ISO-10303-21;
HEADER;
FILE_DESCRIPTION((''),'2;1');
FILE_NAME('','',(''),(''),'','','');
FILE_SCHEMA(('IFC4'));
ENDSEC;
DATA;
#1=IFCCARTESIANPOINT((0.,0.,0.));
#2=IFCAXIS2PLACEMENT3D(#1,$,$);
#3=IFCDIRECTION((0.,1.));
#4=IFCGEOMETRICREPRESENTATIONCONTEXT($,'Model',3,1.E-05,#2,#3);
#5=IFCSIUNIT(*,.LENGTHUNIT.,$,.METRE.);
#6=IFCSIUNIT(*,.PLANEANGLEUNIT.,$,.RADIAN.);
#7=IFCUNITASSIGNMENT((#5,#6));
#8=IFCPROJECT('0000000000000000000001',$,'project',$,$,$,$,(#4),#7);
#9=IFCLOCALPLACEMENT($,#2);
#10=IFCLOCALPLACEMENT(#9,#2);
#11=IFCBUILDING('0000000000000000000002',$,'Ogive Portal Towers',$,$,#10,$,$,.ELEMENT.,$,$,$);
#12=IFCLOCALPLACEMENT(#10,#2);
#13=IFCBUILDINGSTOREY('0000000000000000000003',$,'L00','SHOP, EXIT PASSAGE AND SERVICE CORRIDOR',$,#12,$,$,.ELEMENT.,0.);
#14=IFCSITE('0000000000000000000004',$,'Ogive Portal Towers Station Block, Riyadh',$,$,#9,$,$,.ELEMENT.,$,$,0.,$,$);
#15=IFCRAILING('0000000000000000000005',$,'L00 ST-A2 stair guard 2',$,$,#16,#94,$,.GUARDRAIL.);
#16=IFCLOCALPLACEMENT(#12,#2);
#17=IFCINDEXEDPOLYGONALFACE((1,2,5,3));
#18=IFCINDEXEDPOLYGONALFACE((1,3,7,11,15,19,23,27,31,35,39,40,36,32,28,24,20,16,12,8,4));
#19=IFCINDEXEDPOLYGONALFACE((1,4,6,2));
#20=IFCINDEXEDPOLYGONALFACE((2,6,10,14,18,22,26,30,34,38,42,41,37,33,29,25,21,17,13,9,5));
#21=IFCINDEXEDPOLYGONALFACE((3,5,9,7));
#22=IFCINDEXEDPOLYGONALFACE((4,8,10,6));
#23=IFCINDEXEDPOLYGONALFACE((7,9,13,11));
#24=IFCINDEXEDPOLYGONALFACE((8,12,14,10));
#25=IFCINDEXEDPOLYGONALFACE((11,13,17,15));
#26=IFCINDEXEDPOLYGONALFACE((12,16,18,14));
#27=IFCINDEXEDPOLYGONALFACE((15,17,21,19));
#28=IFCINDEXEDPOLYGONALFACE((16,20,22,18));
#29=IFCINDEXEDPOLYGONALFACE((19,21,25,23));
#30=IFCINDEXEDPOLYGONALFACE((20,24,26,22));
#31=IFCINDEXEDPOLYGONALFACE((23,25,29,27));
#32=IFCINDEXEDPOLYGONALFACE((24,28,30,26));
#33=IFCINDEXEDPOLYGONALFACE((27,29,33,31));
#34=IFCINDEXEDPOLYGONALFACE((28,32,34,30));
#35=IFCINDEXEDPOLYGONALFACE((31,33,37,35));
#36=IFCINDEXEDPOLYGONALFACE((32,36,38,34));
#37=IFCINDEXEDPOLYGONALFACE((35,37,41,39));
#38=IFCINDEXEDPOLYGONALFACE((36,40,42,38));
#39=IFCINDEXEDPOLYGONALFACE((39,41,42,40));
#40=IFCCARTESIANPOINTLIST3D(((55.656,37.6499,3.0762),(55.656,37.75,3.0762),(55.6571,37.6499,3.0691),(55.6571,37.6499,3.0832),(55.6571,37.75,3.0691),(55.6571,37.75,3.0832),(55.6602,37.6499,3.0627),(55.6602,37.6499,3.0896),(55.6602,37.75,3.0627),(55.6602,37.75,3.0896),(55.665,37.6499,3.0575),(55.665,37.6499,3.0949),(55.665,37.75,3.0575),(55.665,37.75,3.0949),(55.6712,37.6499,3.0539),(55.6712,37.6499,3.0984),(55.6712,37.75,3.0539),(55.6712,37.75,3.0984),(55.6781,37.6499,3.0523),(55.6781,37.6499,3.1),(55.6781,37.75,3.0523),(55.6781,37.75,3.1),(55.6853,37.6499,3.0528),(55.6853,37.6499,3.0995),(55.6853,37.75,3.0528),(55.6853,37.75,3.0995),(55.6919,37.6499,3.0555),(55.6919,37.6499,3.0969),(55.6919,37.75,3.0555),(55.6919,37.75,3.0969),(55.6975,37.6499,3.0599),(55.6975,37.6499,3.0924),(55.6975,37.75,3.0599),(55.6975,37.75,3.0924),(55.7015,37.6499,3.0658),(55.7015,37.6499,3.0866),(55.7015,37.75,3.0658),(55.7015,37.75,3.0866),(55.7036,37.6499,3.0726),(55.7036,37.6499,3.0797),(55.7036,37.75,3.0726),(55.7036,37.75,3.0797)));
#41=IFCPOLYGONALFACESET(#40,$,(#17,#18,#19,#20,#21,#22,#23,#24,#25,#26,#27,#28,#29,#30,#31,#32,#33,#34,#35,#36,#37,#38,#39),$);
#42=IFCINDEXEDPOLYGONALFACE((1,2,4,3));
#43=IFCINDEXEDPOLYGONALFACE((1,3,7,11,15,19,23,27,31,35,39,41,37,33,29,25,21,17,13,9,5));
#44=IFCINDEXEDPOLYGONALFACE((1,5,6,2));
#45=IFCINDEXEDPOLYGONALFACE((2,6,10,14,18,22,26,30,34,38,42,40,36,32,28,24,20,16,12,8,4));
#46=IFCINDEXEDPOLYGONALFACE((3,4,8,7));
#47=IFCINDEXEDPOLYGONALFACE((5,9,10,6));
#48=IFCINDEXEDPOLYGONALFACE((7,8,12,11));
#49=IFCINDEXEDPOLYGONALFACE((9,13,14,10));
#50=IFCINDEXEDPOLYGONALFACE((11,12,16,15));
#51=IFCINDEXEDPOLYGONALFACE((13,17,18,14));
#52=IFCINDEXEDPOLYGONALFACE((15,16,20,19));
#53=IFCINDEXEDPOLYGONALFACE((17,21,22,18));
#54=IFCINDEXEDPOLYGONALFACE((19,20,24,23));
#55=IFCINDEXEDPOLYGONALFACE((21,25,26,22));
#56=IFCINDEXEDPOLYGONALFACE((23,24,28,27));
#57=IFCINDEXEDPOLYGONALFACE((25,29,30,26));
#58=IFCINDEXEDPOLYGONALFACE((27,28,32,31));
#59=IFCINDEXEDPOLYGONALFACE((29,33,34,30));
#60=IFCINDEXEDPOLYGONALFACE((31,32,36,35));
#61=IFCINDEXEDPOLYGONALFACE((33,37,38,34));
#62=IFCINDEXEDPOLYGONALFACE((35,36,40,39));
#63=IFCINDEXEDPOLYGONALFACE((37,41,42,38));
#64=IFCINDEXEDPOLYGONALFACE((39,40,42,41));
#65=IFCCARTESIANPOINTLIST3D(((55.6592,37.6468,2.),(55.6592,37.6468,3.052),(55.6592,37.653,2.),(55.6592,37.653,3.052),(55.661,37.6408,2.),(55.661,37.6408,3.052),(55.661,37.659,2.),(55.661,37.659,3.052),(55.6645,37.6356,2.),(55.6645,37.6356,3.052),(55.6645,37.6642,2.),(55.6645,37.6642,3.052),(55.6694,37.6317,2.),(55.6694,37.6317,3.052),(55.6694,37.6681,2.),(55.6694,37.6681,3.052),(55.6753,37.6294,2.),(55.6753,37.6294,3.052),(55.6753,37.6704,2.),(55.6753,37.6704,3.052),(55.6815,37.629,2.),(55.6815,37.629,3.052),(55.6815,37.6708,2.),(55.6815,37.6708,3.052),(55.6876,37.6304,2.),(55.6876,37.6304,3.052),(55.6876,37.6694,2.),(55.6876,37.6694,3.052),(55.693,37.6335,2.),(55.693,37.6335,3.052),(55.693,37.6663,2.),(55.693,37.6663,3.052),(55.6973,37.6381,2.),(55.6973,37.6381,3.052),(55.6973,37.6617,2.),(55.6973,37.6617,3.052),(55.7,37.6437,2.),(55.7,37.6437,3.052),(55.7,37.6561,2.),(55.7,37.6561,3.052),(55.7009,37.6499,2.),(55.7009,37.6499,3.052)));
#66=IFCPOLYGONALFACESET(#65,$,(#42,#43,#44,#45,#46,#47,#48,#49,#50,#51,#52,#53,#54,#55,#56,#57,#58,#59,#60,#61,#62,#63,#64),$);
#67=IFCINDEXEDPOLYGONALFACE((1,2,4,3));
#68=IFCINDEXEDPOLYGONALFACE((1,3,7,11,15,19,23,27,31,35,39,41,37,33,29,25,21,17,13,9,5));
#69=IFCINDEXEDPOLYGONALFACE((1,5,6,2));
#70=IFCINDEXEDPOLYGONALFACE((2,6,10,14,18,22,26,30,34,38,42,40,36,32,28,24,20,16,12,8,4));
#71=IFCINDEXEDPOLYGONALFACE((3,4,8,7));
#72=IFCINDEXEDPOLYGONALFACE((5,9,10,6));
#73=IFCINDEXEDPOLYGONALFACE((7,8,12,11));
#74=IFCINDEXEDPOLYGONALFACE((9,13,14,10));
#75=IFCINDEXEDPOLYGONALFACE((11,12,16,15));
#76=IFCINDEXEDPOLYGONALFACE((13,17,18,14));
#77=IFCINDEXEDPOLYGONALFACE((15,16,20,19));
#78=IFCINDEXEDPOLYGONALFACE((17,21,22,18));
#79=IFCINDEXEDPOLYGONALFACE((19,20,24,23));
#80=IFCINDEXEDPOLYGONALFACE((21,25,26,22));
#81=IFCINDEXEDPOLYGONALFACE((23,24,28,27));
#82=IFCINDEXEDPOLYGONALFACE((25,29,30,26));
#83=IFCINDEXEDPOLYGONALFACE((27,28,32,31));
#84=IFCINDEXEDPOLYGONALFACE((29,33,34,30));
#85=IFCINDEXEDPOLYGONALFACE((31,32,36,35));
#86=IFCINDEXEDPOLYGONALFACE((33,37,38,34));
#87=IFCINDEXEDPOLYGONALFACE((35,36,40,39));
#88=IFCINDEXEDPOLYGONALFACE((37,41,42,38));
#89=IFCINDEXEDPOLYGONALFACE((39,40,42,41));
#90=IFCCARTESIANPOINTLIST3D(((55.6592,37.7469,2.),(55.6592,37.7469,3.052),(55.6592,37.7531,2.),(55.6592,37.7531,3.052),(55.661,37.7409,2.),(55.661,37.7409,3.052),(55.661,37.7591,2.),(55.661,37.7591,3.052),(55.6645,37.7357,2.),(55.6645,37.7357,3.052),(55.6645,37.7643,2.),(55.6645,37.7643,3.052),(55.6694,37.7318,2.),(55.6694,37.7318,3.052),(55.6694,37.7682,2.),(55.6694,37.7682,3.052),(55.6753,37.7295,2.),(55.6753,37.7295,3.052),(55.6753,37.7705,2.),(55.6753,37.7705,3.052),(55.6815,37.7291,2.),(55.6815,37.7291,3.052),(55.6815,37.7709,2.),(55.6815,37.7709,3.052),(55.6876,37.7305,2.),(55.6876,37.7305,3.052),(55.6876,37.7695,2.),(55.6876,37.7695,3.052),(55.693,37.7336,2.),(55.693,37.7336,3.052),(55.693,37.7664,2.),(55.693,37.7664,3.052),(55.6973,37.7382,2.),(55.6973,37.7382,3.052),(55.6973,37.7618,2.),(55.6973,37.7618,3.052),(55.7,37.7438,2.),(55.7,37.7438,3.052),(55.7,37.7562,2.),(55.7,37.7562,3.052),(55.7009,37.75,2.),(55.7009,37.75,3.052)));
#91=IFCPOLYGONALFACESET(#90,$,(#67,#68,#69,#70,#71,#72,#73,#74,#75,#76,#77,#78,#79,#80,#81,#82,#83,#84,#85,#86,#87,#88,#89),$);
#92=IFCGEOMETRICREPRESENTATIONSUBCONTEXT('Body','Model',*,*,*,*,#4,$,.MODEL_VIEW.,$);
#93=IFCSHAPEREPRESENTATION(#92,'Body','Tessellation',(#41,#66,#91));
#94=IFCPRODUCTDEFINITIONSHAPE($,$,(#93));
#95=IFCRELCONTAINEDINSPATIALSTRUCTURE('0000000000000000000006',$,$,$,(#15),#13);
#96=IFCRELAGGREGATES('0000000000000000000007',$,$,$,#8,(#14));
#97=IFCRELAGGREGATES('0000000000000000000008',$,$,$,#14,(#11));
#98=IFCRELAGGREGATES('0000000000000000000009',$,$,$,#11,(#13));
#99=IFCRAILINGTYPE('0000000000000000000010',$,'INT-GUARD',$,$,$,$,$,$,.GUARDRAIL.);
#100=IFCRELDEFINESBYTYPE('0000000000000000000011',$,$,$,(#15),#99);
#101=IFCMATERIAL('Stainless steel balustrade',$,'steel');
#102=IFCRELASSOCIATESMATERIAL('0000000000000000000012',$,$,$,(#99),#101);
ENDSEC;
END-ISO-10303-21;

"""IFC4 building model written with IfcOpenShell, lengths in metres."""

from ifc_helpers import new_model, si_unit, direction, frame, origin, origin_2d, place, context, subcontext, project, spatial, circle, extrude, material, type_object, element, save


model = new_model("IFC4")

# Units and contexts
model_context = context("Model", 3, precision=1e-05, world=origin(), true_north=direction((0.0, 1.0)))
body_context = subcontext(model_context, "Body", "Model", "MODEL_VIEW")
ifc_project = project(units=[si_unit("LENGTHUNIT", "METRE"), si_unit("PLANEANGLEUNIT", "RADIAN")], contexts=[model_context])

# Site, building, storey
site_placement = place(None, origin())
site = spatial("IfcSite", under=ifc_project, at=site_placement, Name="Ogive Portal Towers Station Block, Riyadh", CompositionType="ELEMENT", RefElevation=0.0)
building_placement = place(site_placement, origin())
building = spatial("IfcBuilding", under=site, at=building_placement, Name="Ogive Portal Towers", CompositionType="ELEMENT")
storey_placement = place(building_placement, origin())
storey = spatial("IfcBuildingStorey", under=building, at=storey_placement, Name="L00", Description="SHOP, EXIT PASSAGE AND SERVICE CORRIDOR", CompositionType="ELEMENT", Elevation=0.0)

# Railing
ifc_material_1 = material(Name="Stainless steel balustrade", Category="steel")
railing_type_1 = type_object("IfcRailingType", Name="INT-GUARD", PredefinedType="GUARDRAIL", material=ifc_material_1)
railing_1_placement = place(storey_placement, frame((55.6799, 37.6499, 2.0)))
element("IfcRailing", 1, at=railing_1_placement, inside=storey, type_object=railing_type_1, Name="L00 ST-A2 stair guard 2", PredefinedType="GUARDRAIL", context=body_context, shape_type="SweptSolid", body=[
    extrude(circle(Radius=0.0239, at=origin_2d()), frame((0.0, 0.0, 1.0762), z_axis=(0.0, 1.0, 0.0), x_axis=(-1.0, 0.0, 0.0)), (0.0, 0.0, 1.0), 0.1001),
    extrude(circle(Radius=0.021, at=origin_2d()), origin(), (0.0, 0.0, 1.0), 1.052),
    extrude(circle(Radius=0.021, at=origin_2d()), frame((0.0, 0.1001, 0.0)), (0.0, 0.0, 1.0), 1.052),
])

save(model, "model.ifc")
